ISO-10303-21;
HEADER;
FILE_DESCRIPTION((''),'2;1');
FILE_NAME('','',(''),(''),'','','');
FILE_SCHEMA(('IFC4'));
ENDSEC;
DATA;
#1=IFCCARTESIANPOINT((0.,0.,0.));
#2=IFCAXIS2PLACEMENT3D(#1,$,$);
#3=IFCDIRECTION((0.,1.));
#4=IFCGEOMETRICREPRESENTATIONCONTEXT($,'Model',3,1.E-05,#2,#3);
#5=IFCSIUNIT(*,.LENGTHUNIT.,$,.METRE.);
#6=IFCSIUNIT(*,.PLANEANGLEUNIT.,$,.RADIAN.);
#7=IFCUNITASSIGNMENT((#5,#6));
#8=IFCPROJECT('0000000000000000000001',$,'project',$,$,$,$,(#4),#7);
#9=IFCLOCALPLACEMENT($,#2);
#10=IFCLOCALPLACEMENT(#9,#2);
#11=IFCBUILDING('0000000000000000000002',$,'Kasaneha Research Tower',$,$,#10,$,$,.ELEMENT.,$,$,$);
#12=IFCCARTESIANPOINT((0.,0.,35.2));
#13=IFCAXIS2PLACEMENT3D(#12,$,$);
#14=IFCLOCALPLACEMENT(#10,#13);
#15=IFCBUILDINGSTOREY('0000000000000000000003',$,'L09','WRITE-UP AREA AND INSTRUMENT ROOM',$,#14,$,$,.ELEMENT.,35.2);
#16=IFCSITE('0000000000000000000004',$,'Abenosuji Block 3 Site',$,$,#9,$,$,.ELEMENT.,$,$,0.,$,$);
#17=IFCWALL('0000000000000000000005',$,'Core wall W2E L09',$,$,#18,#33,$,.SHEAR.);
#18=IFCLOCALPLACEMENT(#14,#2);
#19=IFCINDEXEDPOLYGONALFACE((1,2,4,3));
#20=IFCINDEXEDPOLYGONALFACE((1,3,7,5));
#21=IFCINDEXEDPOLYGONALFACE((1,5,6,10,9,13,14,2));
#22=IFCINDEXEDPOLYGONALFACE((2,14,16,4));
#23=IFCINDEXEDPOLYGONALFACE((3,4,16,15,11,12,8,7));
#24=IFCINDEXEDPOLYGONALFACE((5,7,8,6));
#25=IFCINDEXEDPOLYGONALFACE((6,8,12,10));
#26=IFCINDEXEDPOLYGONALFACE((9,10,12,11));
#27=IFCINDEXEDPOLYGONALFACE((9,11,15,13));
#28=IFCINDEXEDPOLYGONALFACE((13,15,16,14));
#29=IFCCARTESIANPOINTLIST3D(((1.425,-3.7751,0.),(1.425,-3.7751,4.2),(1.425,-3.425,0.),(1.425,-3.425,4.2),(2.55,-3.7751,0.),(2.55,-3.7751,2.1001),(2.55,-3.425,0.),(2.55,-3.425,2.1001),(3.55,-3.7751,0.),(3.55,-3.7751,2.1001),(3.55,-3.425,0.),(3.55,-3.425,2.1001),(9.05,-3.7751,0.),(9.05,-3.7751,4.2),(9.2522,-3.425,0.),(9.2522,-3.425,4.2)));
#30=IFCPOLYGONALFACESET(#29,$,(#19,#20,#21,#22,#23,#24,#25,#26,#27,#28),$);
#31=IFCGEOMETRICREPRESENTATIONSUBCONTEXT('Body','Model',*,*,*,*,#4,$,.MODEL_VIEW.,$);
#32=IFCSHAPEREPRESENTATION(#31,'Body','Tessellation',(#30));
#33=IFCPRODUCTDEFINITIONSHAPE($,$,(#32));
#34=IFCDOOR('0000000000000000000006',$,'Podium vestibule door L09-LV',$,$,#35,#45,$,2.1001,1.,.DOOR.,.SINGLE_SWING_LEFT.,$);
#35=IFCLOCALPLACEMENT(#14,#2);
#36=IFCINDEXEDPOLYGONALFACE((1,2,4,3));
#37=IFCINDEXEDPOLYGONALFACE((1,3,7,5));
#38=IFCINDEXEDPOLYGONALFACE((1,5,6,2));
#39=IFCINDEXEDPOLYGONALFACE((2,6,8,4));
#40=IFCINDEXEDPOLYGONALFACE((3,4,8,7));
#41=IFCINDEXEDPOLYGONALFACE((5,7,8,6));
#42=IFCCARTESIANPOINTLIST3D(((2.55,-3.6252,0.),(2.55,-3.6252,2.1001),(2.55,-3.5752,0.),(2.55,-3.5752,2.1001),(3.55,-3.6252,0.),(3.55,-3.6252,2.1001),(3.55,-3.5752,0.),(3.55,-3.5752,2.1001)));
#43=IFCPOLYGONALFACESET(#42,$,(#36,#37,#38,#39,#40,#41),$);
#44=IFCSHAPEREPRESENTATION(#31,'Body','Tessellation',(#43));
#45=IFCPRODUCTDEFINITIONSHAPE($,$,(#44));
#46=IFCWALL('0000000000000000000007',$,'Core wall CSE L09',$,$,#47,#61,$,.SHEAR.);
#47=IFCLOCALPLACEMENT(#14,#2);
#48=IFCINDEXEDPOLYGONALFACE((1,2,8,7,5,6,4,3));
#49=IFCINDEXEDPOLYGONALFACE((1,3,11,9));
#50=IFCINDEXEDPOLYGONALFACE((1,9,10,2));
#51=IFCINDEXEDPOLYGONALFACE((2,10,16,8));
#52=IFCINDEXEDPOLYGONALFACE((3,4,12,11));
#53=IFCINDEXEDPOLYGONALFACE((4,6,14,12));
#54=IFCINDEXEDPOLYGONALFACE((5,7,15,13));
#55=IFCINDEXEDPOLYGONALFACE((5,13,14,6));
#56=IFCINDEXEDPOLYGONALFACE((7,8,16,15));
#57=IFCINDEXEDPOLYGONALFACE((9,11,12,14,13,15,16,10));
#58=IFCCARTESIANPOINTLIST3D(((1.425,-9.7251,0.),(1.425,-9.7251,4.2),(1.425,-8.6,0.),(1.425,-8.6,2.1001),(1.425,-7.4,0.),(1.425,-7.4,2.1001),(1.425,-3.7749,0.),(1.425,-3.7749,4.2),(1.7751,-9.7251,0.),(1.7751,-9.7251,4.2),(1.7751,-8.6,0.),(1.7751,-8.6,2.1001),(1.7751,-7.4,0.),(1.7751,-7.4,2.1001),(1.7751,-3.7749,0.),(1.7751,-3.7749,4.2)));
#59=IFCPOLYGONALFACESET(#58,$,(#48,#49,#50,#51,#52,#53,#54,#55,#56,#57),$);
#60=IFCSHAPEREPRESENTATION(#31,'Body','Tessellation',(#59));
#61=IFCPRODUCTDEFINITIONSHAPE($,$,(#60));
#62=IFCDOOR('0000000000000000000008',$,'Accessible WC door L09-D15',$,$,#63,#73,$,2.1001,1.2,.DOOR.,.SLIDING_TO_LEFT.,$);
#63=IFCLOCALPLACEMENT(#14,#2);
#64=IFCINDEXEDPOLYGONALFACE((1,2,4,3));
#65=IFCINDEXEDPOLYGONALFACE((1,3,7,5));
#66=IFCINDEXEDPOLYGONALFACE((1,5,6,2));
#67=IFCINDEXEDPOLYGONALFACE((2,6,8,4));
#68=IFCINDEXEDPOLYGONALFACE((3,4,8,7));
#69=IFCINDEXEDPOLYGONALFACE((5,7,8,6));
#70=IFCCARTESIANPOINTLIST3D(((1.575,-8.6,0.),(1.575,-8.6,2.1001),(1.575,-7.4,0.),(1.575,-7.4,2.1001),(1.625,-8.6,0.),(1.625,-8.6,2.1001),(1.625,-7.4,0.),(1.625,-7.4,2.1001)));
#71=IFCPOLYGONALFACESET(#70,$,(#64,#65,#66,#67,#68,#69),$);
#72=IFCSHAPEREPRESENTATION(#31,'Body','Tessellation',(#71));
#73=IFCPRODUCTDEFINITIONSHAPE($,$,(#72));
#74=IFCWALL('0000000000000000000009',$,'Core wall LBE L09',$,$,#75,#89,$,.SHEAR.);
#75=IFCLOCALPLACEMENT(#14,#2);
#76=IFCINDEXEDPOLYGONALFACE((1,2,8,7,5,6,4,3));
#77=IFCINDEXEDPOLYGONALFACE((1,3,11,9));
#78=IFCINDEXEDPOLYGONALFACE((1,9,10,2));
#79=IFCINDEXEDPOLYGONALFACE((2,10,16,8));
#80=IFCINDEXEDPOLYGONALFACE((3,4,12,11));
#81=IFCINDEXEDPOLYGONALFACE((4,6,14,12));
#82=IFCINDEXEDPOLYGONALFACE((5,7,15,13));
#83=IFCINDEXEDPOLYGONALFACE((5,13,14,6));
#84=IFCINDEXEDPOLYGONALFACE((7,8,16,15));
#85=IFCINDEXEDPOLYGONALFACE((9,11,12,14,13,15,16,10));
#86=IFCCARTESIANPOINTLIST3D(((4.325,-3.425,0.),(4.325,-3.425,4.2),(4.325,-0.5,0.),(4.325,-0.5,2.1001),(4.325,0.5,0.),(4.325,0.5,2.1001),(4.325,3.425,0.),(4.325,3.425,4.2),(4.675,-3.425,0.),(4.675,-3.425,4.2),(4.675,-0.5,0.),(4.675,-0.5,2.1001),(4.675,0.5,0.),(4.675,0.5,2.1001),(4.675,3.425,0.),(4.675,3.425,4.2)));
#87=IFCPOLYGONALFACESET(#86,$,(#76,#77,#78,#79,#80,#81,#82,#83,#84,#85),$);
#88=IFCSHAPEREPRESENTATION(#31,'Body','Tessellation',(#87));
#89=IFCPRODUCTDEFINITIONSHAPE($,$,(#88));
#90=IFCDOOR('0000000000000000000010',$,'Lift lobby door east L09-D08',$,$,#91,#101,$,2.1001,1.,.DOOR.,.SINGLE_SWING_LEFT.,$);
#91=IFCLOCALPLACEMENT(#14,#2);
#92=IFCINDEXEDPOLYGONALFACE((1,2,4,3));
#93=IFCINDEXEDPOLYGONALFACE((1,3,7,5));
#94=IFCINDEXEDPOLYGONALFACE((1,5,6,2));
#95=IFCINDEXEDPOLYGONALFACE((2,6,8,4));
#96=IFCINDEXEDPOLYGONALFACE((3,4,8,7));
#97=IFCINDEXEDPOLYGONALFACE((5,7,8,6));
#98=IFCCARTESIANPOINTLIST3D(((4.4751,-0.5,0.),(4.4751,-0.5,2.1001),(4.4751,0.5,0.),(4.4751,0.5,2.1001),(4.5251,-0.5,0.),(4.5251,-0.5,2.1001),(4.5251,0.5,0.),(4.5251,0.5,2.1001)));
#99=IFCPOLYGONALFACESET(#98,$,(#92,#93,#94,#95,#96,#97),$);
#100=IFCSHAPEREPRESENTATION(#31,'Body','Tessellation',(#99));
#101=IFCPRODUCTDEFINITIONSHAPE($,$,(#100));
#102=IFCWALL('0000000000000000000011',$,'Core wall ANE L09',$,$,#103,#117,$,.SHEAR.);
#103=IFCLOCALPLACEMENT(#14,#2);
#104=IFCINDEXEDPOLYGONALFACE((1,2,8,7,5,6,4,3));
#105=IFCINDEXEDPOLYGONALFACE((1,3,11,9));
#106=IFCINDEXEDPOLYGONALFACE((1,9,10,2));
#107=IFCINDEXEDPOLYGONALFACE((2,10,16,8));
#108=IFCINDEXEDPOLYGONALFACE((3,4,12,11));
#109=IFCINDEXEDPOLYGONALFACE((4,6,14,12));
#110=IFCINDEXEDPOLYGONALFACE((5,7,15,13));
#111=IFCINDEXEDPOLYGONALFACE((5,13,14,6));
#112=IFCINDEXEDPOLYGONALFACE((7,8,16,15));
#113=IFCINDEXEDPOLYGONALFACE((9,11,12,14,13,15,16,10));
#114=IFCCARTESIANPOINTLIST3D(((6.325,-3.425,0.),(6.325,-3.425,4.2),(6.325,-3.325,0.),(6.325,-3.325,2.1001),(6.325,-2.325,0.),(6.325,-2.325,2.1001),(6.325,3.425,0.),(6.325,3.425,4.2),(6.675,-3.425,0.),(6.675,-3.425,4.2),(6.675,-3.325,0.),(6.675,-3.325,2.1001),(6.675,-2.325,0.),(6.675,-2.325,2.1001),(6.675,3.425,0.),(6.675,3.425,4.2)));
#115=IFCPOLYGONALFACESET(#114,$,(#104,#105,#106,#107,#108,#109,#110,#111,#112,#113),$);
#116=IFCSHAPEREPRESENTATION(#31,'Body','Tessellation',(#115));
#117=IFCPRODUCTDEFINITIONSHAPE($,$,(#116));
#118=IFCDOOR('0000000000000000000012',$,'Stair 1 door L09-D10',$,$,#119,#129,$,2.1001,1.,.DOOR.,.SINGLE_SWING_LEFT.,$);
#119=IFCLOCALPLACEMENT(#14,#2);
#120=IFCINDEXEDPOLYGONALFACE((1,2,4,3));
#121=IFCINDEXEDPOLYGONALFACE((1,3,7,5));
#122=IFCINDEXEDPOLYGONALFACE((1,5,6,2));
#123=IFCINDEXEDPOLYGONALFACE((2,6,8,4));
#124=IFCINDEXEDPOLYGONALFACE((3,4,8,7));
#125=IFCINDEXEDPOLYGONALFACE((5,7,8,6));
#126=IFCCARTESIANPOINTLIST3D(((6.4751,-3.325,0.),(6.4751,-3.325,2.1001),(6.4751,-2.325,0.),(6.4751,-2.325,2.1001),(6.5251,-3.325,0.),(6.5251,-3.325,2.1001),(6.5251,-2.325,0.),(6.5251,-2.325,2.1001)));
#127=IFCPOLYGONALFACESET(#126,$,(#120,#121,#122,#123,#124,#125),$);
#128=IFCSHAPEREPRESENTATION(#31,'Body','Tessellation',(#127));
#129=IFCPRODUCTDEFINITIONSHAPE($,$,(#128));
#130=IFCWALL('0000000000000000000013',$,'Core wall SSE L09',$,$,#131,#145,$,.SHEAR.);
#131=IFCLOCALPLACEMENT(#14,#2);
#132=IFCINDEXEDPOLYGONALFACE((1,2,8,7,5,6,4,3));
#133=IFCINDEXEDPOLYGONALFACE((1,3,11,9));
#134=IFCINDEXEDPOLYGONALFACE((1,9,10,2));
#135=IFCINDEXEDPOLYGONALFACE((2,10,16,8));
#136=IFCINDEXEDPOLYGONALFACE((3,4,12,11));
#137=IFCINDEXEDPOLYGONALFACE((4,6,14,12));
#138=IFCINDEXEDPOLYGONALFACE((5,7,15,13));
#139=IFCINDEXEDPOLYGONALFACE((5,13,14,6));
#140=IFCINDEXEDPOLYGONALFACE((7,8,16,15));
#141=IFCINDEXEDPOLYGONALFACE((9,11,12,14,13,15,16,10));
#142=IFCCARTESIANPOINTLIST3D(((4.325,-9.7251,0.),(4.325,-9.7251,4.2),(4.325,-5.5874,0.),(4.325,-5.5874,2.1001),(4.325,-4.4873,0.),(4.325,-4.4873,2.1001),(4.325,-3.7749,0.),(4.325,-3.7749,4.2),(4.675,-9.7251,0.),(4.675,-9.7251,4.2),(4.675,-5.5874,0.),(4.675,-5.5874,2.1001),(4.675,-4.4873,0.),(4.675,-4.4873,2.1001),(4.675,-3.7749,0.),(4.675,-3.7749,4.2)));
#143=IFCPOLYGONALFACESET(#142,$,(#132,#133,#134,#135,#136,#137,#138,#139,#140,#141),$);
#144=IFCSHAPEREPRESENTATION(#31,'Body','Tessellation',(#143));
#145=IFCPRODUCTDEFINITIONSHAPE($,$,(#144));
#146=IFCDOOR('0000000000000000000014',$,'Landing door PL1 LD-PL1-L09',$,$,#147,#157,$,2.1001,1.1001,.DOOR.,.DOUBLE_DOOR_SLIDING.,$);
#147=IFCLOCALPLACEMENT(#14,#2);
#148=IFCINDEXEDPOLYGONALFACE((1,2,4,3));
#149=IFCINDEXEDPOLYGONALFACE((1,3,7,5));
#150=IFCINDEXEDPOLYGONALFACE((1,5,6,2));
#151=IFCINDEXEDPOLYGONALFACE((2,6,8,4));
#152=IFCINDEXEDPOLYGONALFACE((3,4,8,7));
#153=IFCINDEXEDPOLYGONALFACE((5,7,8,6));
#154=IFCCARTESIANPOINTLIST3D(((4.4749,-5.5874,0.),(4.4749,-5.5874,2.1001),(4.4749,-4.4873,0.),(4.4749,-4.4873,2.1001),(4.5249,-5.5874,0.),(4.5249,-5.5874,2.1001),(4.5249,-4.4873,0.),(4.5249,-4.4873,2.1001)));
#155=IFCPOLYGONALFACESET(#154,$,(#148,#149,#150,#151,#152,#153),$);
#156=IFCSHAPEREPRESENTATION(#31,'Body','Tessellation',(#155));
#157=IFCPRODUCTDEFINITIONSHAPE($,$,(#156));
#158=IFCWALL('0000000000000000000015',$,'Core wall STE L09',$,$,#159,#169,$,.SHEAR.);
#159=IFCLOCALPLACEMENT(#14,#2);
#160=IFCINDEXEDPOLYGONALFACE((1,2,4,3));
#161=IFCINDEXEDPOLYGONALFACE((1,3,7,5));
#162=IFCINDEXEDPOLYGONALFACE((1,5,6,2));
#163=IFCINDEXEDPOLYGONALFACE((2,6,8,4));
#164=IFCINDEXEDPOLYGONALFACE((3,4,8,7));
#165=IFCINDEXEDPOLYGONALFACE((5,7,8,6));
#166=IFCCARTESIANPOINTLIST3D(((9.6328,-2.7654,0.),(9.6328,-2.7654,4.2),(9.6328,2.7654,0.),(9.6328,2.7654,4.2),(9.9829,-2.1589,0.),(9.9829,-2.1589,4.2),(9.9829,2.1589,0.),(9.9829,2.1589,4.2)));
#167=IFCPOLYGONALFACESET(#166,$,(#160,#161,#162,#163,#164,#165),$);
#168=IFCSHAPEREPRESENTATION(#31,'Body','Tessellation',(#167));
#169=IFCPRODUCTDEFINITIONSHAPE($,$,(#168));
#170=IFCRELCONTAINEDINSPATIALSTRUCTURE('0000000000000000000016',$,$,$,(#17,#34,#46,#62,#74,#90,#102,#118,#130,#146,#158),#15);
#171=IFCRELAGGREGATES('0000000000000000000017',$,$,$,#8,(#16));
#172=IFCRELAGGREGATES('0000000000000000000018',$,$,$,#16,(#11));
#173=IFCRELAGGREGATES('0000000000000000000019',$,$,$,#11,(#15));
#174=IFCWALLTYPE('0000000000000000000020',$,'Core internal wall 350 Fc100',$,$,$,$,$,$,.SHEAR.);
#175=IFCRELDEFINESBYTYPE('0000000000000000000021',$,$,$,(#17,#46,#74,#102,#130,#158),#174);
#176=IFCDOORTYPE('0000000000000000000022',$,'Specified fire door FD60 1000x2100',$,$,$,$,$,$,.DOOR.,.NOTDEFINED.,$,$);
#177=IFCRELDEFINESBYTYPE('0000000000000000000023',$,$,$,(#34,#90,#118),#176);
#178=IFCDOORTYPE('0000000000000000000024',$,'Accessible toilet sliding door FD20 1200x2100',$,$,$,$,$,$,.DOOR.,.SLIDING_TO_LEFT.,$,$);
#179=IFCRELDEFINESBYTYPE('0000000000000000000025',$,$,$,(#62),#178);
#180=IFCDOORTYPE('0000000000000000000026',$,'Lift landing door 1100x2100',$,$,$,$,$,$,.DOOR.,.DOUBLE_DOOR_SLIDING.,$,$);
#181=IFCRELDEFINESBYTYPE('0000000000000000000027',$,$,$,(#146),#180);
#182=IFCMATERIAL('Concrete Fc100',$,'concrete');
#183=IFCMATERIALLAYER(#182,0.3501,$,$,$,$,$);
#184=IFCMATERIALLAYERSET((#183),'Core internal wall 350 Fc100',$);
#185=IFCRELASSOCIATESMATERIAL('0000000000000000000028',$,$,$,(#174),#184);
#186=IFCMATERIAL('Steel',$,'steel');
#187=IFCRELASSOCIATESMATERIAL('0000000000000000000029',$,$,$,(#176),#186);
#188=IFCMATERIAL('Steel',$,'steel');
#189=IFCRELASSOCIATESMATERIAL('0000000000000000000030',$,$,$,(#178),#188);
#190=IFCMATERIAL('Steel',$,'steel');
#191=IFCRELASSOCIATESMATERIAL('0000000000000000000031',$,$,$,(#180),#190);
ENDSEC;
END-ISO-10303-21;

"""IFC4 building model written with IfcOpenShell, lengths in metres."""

from ifc_helpers import new_model, si_unit, direction, frame, frame_2d, origin, place, context, subcontext, project, spatial, polyline, rectangle, outline, extrude, material, layer, layer_set, type_object, element, fill, save


model = new_model("IFC4")

# Units and contexts
model_context = context("Model", 3, precision=1e-05, world=origin(), true_north=direction((0.0, 1.0)))
body_context = subcontext(model_context, "Body", "Model", "MODEL_VIEW")
ifc_project = project(units=[si_unit("LENGTHUNIT", "METRE"), si_unit("PLANEANGLEUNIT", "RADIAN")], contexts=[model_context])

# Site, building, storey
site_placement = place(None, origin())
site = spatial("IfcSite", under=ifc_project, at=site_placement, Name="Abenosuji Block 3 Site", CompositionType="ELEMENT", RefElevation=0.0)
building_placement = place(site_placement, origin())
building = spatial("IfcBuilding", under=site, at=building_placement, Name="Kasaneha Research Tower", CompositionType="ELEMENT")
storey_placement = place(building_placement, frame((0.0, 0.0, 35.2)))
storey = spatial("IfcBuildingStorey", under=building, at=storey_placement, Name="L09", Description="WRITE-UP AREA AND INSTRUMENT ROOM", CompositionType="ELEMENT", Elevation=35.2)

# Walls, openings, doors
ifc_material_1 = material(Name="Concrete Fc100", Category="concrete")
ifc_layer_1 = layer(ifc_material_1, 0.3501)
ifc_layer_set_1 = layer_set([ifc_layer_1], Name="Core internal wall 350 Fc100")
wall_type_1 = type_object("IfcWallType", Name="Core internal wall 350 Fc100", PredefinedType="SHEAR", material=ifc_layer_set_1)
wall_1_placement = place(storey_placement, frame((1.425, -3.6001, 0.0), z_axis=(0.0, 0.0, 1.0), x_axis=(1.0, 0.0, 0.0)))
wall_1 = element("IfcWall", 1, at=wall_1_placement, inside=storey, type_object=wall_type_1, Name="Core wall W2E L09", PredefinedType="SHEAR", context=body_context, shape_type="SweptSolid", body=[
    extrude(outline(polyline([(0.0, -0.175), (1.125, -0.175), (2.125, -0.175), (7.625, -0.175), (7.8271, 0.175), (2.125, 0.175), (1.125, 0.175), (0.0, 0.175), (0.0, -0.175)])), origin(), (0.0, 0.0, 1.0), 4.2),
])
opening_1_placement = place(wall_1_placement, frame((1.125, 0.0, 0.0)))
opening_1 = element("IfcOpeningElement", 2, at=opening_1_placement, cuts=wall_1, PredefinedType="OPENING", context=body_context, shape_type="SweptSolid", body=[
    extrude(rectangle(XDim=1.0, YDim=2.1001, at=frame_2d((0.5, 1.05))), frame((0.0, 0.1851, 0.0), z_axis=(0.0, -1.0, 0.0), x_axis=(1.0, 0.0, 0.0)), (0.0, 0.0, 1.0), 0.3701),
])
ifc_material_2 = material(Name="Steel", Category="steel")
door_type_1 = type_object("IfcDoorType", Name="Specified fire door FD60 1000x2100", OperationType="NOTDEFINED", PredefinedType="DOOR", material=ifc_material_2)
door_1_placement = place(opening_1_placement, origin())
door_1 = element("IfcDoor", 3, at=door_1_placement, inside=storey, type_object=door_type_1, Name="Podium vestibule door L09-LV", OperationType="SINGLE_SWING_LEFT", OverallHeight=2.1001, OverallWidth=1.0, PredefinedType="DOOR", context=body_context, shape_type="SweptSolid", body=[
    extrude(rectangle(XDim=1.0, YDim=2.1001, at=frame_2d((0.5, 1.05))), frame((0.0, 0.0249, 0.0), z_axis=(0.0, -1.0, 0.0), x_axis=(1.0, 0.0, 0.0)), (0.0, 0.0, 1.0), 0.05),
])
fill(opening_1, door_1)
wall_2_placement = place(storey_placement, frame((1.6001, -3.7749, 0.0), z_axis=(0.0, 0.0, 1.0), x_axis=(0.0, -1.0, 0.0)))
wall_2 = element("IfcWall", 4, at=wall_2_placement, inside=storey, type_object=wall_type_1, Name="Core wall CSE L09", PredefinedType="SHEAR", context=body_context, shape_type="SweptSolid", body=[
    extrude(rectangle(XDim=5.9502, YDim=0.3501, at=frame_2d((2.9751, 0.0))), origin(), (0.0, 0.0, 1.0), 4.2),
])
opening_2_placement = place(wall_2_placement, frame((3.625, 0.0, 0.0)))
opening_2 = element("IfcOpeningElement", 5, at=opening_2_placement, cuts=wall_2, PredefinedType="OPENING", context=body_context, shape_type="SweptSolid", body=[
    extrude(rectangle(XDim=1.2, YDim=2.1001, at=frame_2d((0.6001, 1.05))), frame((0.0, 0.1851, 0.0), z_axis=(0.0, -1.0, 0.0), x_axis=(1.0, 0.0, 0.0)), (0.0, 0.0, 1.0), 0.3701),
])
ifc_material_3 = material(Name="Steel", Category="steel")
door_type_2 = type_object("IfcDoorType", Name="Accessible toilet sliding door FD20 1200x2100", OperationType="SLIDING_TO_LEFT", PredefinedType="DOOR", material=ifc_material_3)
door_2_placement = place(opening_2_placement, origin())
door_2 = element("IfcDoor", 6, at=door_2_placement, inside=storey, type_object=door_type_2, Name="Accessible WC door L09-D15", OperationType="SLIDING_TO_LEFT", OverallHeight=2.1001, OverallWidth=1.2, PredefinedType="DOOR", context=body_context, shape_type="SweptSolid", body=[
    extrude(rectangle(XDim=1.2, YDim=2.1001, at=frame_2d((0.6001, 1.05))), frame((0.0, 0.0249, 0.0), z_axis=(0.0, -1.0, 0.0), x_axis=(1.0, 0.0, 0.0)), (0.0, 0.0, 1.0), 0.05),
])
fill(opening_2, door_2)
wall_3_placement = place(storey_placement, frame((4.5, -3.425, 0.0), z_axis=(0.0, 0.0, 1.0), x_axis=(0.0, 1.0, 0.0)))
wall_3 = element("IfcWall", 7, at=wall_3_placement, inside=storey, type_object=wall_type_1, Name="Core wall LBE L09", PredefinedType="SHEAR", context=body_context, shape_type="SweptSolid", body=[
    extrude(rectangle(XDim=6.8501, YDim=0.3501, at=frame_2d((3.425, 0.0))), origin(), (0.0, 0.0, 1.0), 4.2),
])
opening_3_placement = place(wall_3_placement, frame((2.925, 0.0, 0.0)))
opening_3 = element("IfcOpeningElement", 8, at=opening_3_placement, cuts=wall_3, PredefinedType="OPENING", context=body_context, shape_type="SweptSolid", body=[
    extrude(rectangle(XDim=1.0, YDim=2.1001, at=frame_2d((0.5, 1.05))), frame((0.0, 0.1851, 0.0), z_axis=(0.0, -1.0, 0.0), x_axis=(1.0, 0.0, 0.0)), (0.0, 0.0, 1.0), 0.3701),
])
door_3_placement = place(opening_3_placement, origin())
door_3 = element("IfcDoor", 9, at=door_3_placement, inside=storey, type_object=door_type_1, Name="Lift lobby door east L09-D08", OperationType="SINGLE_SWING_LEFT", OverallHeight=2.1001, OverallWidth=1.0, PredefinedType="DOOR", context=body_context, shape_type="SweptSolid", body=[
    extrude(rectangle(XDim=1.0, YDim=2.1001, at=frame_2d((0.5, 1.05))), frame((0.0, 0.0249, 0.0), z_axis=(0.0, -1.0, 0.0), x_axis=(1.0, 0.0, 0.0)), (0.0, 0.0, 1.0), 0.05),
])
fill(opening_3, door_3)
wall_4_placement = place(storey_placement, frame((6.5, -3.425, 0.0), z_axis=(0.0, 0.0, 1.0), x_axis=(0.0, 1.0, 0.0)))
wall_4 = element("IfcWall", 10, at=wall_4_placement, inside=storey, type_object=wall_type_1, Name="Core wall ANE L09", PredefinedType="SHEAR", context=body_context, shape_type="SweptSolid", body=[
    extrude(rectangle(XDim=6.8501, YDim=0.3501, at=frame_2d((3.425, 0.0))), origin(), (0.0, 0.0, 1.0), 4.2),
])
opening_4_placement = place(wall_4_placement, frame((0.1001, 0.0, 0.0)))
opening_4 = element("IfcOpeningElement", 11, at=opening_4_placement, cuts=wall_4, PredefinedType="OPENING", context=body_context, shape_type="SweptSolid", body=[
    extrude(rectangle(XDim=1.0, YDim=2.1001, at=frame_2d((0.5, 1.05))), frame((0.0, 0.1851, 0.0), z_axis=(0.0, -1.0, 0.0), x_axis=(1.0, 0.0, 0.0)), (0.0, 0.0, 1.0), 0.3701),
])
door_4_placement = place(opening_4_placement, origin())
door_4 = element("IfcDoor", 12, at=door_4_placement, inside=storey, type_object=door_type_1, Name="Stair 1 door L09-D10", OperationType="SINGLE_SWING_LEFT", OverallHeight=2.1001, OverallWidth=1.0, PredefinedType="DOOR", context=body_context, shape_type="SweptSolid", body=[
    extrude(rectangle(XDim=1.0, YDim=2.1001, at=frame_2d((0.5, 1.05))), frame((0.0, 0.0249, 0.0), z_axis=(0.0, -1.0, 0.0), x_axis=(1.0, 0.0, 0.0)), (0.0, 0.0, 1.0), 0.05),
])
fill(opening_4, door_4)
wall_5_placement = place(storey_placement, frame((4.5, -3.7749, 0.0), z_axis=(0.0, 0.0, 1.0), x_axis=(0.0, -1.0, 0.0)))
wall_5 = element("IfcWall", 13, at=wall_5_placement, inside=storey, type_object=wall_type_1, Name="Core wall SSE L09", PredefinedType="SHEAR", context=body_context, shape_type="SweptSolid", body=[
    extrude(rectangle(XDim=5.9502, YDim=0.3501, at=frame_2d((2.9751, 0.0))), origin(), (0.0, 0.0, 1.0), 4.2),
])
opening_5_placement = place(wall_5_placement, frame((0.7124, 0.0, 0.0)))
opening_5 = element("IfcOpeningElement", 14, at=opening_5_placement, cuts=wall_5, PredefinedType="OPENING", context=body_context, shape_type="SweptSolid", body=[
    extrude(rectangle(XDim=1.1001, YDim=2.1001, at=frame_2d((0.55, 1.05))), frame((0.0, 0.1851, 0.0), z_axis=(0.0, -1.0, 0.0), x_axis=(1.0, 0.0, 0.0)), (0.0, 0.0, 1.0), 0.3701),
])
ifc_material_4 = material(Name="Steel", Category="steel")
door_type_3 = type_object("IfcDoorType", Name="Lift landing door 1100x2100", OperationType="DOUBLE_DOOR_SLIDING", PredefinedType="DOOR", material=ifc_material_4)
door_5_placement = place(opening_5_placement, origin())
door_5 = element("IfcDoor", 15, at=door_5_placement, inside=storey, type_object=door_type_3, Name="Landing door PL1 LD-PL1-L09", OperationType="DOUBLE_DOOR_SLIDING", OverallHeight=2.1001, OverallWidth=1.1001, PredefinedType="DOOR", context=body_context, shape_type="SweptSolid", body=[
    extrude(rectangle(XDim=1.1001, YDim=2.1001, at=frame_2d((0.55, 1.05))), frame((0.0, 0.0249, 0.0), z_axis=(0.0, -1.0, 0.0), x_axis=(1.0, 0.0, 0.0)), (0.0, 0.0, 1.0), 0.05),
])
fill(opening_5, door_5)

# Wall
wall_6_placement = place(storey_placement, frame((9.8079, -2.4622, 0.0), z_axis=(0.0, 0.0, 1.0), x_axis=(0.0, 1.0, 0.0)))
element("IfcWall", 16, at=wall_6_placement, inside=storey, type_object=wall_type_1, Name="Core wall STE L09", PredefinedType="SHEAR", context=body_context, shape_type="SweptSolid", body=[
    extrude(outline(polyline([(0.3032, -0.175), (4.6211, -0.175), (5.2275, 0.175), (-0.3032, 0.175), (0.3032, -0.175)])), origin(), (0.0, 0.0, 1.0), 4.2),
])

save(model, "model.ifc")
